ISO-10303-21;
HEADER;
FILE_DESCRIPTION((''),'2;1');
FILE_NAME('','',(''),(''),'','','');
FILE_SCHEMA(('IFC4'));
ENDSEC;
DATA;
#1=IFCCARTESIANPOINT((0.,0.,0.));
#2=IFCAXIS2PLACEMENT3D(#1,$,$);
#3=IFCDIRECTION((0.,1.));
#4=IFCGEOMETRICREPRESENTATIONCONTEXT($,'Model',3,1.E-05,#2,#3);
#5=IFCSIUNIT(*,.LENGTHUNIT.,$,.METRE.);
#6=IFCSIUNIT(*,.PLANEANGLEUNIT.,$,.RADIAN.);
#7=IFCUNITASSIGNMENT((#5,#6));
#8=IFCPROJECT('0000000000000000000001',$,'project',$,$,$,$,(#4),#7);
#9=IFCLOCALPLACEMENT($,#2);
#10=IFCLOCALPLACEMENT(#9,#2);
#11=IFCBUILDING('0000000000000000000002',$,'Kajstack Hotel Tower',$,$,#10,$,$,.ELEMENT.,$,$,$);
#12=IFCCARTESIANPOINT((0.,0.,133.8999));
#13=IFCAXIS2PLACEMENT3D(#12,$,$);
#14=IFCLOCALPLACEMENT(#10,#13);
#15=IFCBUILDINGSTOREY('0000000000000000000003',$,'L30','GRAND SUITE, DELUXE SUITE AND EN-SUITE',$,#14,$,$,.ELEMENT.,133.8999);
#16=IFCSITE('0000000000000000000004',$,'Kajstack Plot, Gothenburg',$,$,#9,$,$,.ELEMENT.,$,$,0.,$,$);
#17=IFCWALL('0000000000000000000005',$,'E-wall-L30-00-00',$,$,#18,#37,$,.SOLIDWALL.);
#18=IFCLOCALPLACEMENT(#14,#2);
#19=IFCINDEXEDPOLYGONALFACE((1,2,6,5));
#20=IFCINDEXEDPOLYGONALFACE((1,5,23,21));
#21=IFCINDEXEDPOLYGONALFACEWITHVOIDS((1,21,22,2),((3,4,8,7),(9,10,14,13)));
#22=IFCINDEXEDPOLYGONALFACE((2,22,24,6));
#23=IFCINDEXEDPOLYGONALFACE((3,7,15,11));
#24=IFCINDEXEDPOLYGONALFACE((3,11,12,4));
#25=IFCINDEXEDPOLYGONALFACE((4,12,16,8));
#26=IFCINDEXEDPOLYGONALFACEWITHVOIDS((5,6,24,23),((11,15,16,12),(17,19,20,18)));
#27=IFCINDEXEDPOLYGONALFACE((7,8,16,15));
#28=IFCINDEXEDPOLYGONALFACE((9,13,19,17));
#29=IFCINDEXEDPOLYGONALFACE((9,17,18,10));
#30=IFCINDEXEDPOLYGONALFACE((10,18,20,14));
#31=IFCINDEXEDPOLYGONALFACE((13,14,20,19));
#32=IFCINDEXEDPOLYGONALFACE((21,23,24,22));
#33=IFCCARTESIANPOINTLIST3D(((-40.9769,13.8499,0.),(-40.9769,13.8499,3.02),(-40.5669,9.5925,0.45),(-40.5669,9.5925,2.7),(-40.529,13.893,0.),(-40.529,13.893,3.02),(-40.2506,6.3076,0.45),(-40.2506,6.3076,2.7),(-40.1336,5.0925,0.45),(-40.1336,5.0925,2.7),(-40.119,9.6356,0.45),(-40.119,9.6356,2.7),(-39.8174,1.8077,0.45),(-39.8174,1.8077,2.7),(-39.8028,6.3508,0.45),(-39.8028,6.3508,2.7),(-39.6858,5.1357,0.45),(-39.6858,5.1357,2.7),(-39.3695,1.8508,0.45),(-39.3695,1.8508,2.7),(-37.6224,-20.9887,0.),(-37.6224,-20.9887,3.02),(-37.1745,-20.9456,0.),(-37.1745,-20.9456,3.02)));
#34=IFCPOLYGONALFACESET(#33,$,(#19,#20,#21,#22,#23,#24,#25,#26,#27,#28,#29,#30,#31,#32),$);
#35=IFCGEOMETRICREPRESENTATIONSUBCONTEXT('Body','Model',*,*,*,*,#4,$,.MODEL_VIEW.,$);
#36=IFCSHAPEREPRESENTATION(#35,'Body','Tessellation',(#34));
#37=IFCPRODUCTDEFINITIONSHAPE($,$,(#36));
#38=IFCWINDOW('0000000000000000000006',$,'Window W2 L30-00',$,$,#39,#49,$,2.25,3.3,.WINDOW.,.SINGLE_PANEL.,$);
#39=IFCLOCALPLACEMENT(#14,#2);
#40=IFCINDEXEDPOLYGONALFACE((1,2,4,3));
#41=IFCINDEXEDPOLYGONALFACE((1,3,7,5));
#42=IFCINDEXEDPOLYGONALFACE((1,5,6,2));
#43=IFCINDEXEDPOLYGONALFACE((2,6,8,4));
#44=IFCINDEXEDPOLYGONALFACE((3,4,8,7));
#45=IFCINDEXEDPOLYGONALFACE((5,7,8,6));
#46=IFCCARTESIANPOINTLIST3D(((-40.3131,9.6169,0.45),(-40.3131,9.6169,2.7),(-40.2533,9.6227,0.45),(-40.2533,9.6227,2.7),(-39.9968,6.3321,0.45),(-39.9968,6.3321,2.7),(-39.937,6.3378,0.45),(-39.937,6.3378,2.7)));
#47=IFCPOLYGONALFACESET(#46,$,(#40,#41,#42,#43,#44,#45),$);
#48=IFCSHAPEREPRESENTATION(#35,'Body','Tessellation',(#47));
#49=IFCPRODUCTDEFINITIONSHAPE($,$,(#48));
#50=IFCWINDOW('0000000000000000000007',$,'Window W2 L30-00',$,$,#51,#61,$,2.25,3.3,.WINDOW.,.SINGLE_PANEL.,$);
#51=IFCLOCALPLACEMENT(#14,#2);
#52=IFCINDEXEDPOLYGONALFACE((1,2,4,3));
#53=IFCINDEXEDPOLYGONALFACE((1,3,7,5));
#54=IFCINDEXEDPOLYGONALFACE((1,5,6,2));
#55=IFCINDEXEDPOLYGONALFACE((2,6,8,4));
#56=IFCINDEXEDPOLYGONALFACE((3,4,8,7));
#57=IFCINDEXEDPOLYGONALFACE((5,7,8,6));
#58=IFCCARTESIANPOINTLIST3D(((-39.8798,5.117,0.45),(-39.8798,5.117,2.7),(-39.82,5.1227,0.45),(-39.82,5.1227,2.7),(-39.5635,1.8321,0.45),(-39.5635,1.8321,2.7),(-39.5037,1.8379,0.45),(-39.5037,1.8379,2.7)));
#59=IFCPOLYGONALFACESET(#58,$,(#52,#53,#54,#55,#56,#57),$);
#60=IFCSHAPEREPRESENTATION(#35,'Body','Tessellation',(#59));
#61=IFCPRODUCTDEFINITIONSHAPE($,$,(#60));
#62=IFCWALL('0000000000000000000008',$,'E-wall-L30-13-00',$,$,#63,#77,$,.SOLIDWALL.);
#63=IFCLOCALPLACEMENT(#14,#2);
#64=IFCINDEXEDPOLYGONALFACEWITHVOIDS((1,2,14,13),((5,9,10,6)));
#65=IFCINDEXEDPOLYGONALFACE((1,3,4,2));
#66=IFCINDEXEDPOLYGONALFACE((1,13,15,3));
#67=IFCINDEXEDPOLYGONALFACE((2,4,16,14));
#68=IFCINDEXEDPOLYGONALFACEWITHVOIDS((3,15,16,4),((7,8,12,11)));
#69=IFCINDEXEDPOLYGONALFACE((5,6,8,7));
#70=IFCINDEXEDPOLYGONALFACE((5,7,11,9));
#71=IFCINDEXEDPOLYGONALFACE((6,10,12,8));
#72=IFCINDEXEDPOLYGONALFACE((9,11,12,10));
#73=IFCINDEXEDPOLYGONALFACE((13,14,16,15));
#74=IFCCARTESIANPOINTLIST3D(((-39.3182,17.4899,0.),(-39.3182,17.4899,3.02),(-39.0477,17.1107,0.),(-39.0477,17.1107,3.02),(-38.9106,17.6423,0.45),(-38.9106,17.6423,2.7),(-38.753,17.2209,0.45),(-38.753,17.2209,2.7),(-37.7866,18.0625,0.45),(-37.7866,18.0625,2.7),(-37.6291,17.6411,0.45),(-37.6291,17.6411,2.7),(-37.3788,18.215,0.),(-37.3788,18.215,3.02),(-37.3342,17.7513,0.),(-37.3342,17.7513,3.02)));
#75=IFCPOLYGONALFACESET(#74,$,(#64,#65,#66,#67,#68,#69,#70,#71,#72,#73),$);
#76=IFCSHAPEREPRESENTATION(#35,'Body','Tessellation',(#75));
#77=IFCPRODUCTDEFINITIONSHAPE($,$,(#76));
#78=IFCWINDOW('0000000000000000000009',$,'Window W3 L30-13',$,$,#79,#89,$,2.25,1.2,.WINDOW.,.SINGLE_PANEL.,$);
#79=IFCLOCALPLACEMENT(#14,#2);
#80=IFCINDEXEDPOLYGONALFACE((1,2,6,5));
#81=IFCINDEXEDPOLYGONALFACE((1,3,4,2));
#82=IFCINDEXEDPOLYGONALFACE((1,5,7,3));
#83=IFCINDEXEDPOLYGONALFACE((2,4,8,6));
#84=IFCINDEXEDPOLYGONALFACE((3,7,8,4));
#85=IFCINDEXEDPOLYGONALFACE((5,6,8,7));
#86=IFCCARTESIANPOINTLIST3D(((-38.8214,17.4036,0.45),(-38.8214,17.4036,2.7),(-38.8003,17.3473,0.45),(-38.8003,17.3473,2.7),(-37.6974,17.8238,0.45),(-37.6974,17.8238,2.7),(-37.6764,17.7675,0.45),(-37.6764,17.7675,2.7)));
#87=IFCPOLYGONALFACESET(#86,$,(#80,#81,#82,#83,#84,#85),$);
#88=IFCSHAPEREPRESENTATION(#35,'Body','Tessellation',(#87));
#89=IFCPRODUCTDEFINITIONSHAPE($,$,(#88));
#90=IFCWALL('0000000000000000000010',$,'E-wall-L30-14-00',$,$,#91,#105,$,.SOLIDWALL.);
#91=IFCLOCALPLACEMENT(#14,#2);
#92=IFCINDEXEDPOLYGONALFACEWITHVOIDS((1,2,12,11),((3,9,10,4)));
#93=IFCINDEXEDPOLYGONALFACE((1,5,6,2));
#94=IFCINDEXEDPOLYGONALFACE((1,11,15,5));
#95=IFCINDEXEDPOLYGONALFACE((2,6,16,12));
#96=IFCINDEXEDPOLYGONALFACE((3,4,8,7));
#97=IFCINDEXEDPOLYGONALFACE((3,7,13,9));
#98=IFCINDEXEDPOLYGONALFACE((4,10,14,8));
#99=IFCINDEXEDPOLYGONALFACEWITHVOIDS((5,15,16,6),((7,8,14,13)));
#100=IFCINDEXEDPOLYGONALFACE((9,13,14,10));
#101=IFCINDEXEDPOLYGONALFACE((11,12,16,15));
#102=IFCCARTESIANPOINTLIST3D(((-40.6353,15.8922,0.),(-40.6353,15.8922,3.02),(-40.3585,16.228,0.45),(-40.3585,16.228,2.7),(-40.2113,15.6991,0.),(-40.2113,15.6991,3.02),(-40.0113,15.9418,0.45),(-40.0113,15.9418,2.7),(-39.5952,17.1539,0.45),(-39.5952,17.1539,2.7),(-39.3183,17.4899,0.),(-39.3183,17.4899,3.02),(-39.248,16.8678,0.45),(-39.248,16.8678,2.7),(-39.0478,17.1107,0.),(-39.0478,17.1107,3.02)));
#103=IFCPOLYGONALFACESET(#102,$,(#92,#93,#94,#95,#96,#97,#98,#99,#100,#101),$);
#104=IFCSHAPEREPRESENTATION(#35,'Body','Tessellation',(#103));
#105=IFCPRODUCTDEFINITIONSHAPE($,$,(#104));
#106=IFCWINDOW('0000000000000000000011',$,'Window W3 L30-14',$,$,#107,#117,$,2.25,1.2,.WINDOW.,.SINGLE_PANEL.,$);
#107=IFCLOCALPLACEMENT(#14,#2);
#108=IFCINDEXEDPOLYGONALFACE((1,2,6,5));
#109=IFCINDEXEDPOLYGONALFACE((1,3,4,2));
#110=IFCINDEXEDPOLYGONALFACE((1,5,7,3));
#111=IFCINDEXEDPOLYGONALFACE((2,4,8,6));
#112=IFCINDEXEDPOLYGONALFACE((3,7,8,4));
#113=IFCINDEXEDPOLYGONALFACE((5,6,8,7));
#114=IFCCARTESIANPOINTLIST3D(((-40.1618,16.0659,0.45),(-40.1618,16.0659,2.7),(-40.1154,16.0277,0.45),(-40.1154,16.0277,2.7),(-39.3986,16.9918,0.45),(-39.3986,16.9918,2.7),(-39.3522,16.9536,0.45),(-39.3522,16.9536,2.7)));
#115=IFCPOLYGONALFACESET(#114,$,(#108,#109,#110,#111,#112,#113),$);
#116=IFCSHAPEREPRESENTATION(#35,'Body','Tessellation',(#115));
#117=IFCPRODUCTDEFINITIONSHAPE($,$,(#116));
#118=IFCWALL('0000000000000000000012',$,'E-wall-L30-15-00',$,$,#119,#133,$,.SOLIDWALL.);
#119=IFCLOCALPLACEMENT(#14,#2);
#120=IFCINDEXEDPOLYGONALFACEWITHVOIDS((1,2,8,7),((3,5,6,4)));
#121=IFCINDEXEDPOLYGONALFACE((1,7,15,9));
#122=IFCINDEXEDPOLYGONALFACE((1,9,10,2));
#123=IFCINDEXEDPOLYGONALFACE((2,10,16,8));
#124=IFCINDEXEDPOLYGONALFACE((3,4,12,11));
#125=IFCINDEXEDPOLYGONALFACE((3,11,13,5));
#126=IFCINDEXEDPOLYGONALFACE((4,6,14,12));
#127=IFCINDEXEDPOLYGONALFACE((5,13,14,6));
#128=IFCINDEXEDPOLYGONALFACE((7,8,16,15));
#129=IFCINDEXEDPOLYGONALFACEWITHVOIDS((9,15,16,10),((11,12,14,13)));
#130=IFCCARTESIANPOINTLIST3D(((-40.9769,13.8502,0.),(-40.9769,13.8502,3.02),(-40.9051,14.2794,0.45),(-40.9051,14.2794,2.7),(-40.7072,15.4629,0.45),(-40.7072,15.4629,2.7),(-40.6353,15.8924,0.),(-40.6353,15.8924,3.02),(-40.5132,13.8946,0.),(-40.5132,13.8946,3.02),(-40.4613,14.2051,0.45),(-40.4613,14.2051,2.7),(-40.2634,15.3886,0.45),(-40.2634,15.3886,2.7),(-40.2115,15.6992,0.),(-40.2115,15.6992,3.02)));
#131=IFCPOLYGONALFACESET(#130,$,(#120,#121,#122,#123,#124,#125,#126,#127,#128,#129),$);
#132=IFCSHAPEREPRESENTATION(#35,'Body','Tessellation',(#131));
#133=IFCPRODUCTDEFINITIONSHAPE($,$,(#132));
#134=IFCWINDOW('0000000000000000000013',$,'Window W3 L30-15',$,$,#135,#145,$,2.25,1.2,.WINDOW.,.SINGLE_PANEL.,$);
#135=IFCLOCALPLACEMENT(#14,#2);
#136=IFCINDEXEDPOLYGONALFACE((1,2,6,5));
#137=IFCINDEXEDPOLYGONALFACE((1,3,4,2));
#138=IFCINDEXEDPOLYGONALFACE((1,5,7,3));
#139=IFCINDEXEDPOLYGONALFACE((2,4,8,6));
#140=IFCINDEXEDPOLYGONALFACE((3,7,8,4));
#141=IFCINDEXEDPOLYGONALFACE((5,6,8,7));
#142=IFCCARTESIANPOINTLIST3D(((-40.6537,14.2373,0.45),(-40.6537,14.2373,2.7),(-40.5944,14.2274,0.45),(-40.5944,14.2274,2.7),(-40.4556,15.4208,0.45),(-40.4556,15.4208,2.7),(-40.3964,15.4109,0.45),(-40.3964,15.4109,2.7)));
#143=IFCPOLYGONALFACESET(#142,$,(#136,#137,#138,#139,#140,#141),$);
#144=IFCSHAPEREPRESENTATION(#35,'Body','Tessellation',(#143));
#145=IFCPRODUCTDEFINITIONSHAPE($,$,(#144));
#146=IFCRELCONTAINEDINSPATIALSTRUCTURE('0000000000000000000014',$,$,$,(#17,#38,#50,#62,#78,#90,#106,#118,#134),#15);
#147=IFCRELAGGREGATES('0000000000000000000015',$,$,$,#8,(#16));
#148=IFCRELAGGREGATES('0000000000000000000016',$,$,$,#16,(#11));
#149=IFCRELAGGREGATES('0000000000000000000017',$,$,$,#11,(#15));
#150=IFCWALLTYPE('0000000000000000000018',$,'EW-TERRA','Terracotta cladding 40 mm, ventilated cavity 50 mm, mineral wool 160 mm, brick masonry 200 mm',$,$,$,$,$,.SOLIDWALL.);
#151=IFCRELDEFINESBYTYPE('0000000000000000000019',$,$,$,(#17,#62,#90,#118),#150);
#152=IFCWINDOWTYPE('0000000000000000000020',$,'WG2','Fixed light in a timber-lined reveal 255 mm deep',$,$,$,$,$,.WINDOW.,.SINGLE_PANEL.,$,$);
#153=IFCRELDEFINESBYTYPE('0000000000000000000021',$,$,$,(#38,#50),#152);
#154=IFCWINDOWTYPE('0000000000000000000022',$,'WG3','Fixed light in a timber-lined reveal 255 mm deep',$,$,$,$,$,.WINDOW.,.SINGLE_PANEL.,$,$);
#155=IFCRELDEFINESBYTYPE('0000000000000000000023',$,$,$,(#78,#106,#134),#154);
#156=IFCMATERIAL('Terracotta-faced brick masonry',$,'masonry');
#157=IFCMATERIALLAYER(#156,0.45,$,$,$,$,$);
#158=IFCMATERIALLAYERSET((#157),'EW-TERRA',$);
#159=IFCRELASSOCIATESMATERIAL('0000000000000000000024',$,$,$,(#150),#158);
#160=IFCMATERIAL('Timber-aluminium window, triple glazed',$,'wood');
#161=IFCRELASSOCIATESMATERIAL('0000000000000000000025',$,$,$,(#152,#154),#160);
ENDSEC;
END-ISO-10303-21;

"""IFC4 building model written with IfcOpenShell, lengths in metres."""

from ifc_helpers import new_model, si_unit, direction, frame, frame_2d, origin, place, context, subcontext, project, spatial, polyline, rectangle, outline, extrude, material, layer, layer_set, type_object, element, fill, save


model = new_model("IFC4")

# Units and contexts
model_context = context("Model", 3, precision=1e-05, world=origin(), true_north=direction((0.0, 1.0)))
body_context = subcontext(model_context, "Body", "Model", "MODEL_VIEW")
ifc_project = project(units=[si_unit("LENGTHUNIT", "METRE"), si_unit("PLANEANGLEUNIT", "RADIAN")], contexts=[model_context])

# Site, building, storey
site_placement = place(None, origin())
site = spatial("IfcSite", under=ifc_project, at=site_placement, Name="Kajstack Plot, Gothenburg", CompositionType="ELEMENT", RefElevation=0.0)
building_placement = place(site_placement, origin())
building = spatial("IfcBuilding", under=site, at=building_placement, Name="Kajstack Hotel Tower", CompositionType="ELEMENT")
storey_placement = place(building_placement, frame((0.0, 0.0, 133.8999)))
storey = spatial("IfcBuildingStorey", under=building, at=storey_placement, Name="L30", Description="GRAND SUITE, DELUXE SUITE AND EN-SUITE", CompositionType="ELEMENT", Elevation=133.8999)

# Wall, openings, windows
ifc_material_1 = material(Name="Terracotta-faced brick masonry", Category="masonry")
ifc_layer_1 = layer(ifc_material_1, 0.45)
ifc_layer_set_1 = layer_set([ifc_layer_1], Name="EW-TERRA")
wall_type_1 = type_object("IfcWallType", Name="EW-TERRA", Description="Terracotta cladding 40 mm, ventilated cavity 50 mm, mineral wool 160 mm, brick masonry 200 mm", PredefinedType="SOLIDWALL", material=ifc_layer_set_1)
wall_1_placement = place(storey_placement, frame((-40.7529, 13.8716, 0.0), z_axis=(0.0, 0.0, 1.0), x_axis=(0.095843, -0.995396, 0.0)))
wall_1 = element("IfcWall", 1, at=wall_1_placement, inside=storey, type_object=wall_type_1, Name="E-wall-L30-00-00", PredefinedType="SOLIDWALL", context=body_context, shape_type="SweptSolid", body=[
    extrude(rectangle(XDim=34.9998, YDim=0.45, at=frame_2d((17.5, 0.0))), origin(), (0.0, 0.0, 1.0), 3.02),
])
opening_1_placement = place(wall_1_placement, frame((4.2773, 0.0, 0.45)))
opening_1 = element("IfcOpeningElement", 2, at=opening_1_placement, cuts=wall_1, PredefinedType="OPENING", context=body_context, shape_type="SweptSolid", body=[
    extrude(rectangle(XDim=3.3, YDim=2.25, at=frame_2d((1.6499, 1.125))), frame((0.0, 0.2349, 0.0), z_axis=(0.0, -1.0, 0.0), x_axis=(1.0, 0.0, 0.0)), (0.0, 0.0, 1.0), 0.47),
])
opening_2_placement = place(wall_1_placement, frame((8.7981, 0.0, 0.45)))
opening_2 = element("IfcOpeningElement", 3, at=opening_2_placement, cuts=wall_1, PredefinedType="OPENING", context=body_context, shape_type="SweptSolid", body=[
    extrude(rectangle(XDim=3.3, YDim=2.25, at=frame_2d((1.6499, 1.125))), frame((0.0, 0.2349, 0.0), z_axis=(0.0, -1.0, 0.0), x_axis=(1.0, 0.0, 0.0)), (0.0, 0.0, 1.0), 0.47),
])
ifc_material_2 = material(Name="Timber-aluminium window, triple glazed", Category="wood")
window_type_1 = type_object("IfcWindowType", Name="WG2", Description="Fixed light in a timber-lined reveal 255 mm deep", PartitioningType="SINGLE_PANEL", PredefinedType="WINDOW", material=ifc_material_2)
window_1_placement = place(opening_1_placement, origin())
window_1 = element("IfcWindow", 4, at=window_1_placement, inside=storey, type_object=window_type_1, Name="Window W2 L30-00", OverallHeight=2.25, OverallWidth=3.3, PartitioningType="SINGLE_PANEL", PredefinedType="WINDOW", context=body_context, shape_type="SweptSolid", body=[
    extrude(rectangle(XDim=3.3, YDim=2.25, at=frame_2d((1.6499, 1.125))), frame((0.0, 0.0901, 0.0), z_axis=(0.0, -1.0, 0.0), x_axis=(1.0, 0.0, 0.0)), (0.0, 0.0, 1.0), 0.0601),
])
fill(opening_1, window_1)
window_2_placement = place(opening_2_placement, origin())
window_2 = element("IfcWindow", 5, at=window_2_placement, inside=storey, type_object=window_type_1, Name="Window W2 L30-00", OverallHeight=2.25, OverallWidth=3.3, PartitioningType="SINGLE_PANEL", PredefinedType="WINDOW", context=body_context, shape_type="SweptSolid", body=[
    extrude(rectangle(XDim=3.3, YDim=2.25, at=frame_2d((1.6499, 1.125))), frame((0.0, 0.0901, 0.0), z_axis=(0.0, -1.0, 0.0), x_axis=(1.0, 0.0, 0.0)), (0.0, 0.0, 1.0), 0.0601),
])
fill(opening_2, window_2)

# Walls, openings, windows
wall_2_placement = place(storey_placement, frame((-37.3, 18.0044, 0.0), z_axis=(0.0, 0.0, 1.0), x_axis=(-0.936678, -0.350193, 0.0)))
wall_2 = element("IfcWall", 6, at=wall_2_placement, inside=storey, type_object=wall_type_1, Name="E-wall-L30-13-00", PredefinedType="SOLIDWALL", context=body_context, shape_type="SweptSolid", body=[
    extrude(outline(polyline([(0.0, -0.2249), (2.0706, -0.2249), (1.95, 0.2251), (0.1206, 0.2251), (0.0, -0.2249)])), origin(), (0.0, 0.0, 1.0), 3.02),
])
opening_3_placement = place(wall_2_placement, frame((0.4353, 0.0, 0.45)))
opening_3 = element("IfcOpeningElement", 7, at=opening_3_placement, cuts=wall_2, PredefinedType="OPENING", context=body_context, shape_type="SweptSolid", body=[
    extrude(rectangle(XDim=1.2, YDim=2.25, at=frame_2d((0.6001, 1.125))), frame((0.0, 0.2349, 0.0), z_axis=(0.0, -1.0, 0.0), x_axis=(1.0, 0.0, 0.0)), (0.0, 0.0, 1.0), 0.47),
])
window_type_2 = type_object("IfcWindowType", Name="WG3", Description="Fixed light in a timber-lined reveal 255 mm deep", PartitioningType="SINGLE_PANEL", PredefinedType="WINDOW", material=ifc_material_2)
window_3_placement = place(opening_3_placement, origin())
window_3 = element("IfcWindow", 8, at=window_3_placement, inside=storey, type_object=window_type_2, Name="Window W3 L30-13", OverallHeight=2.25, OverallWidth=1.2, PartitioningType="SINGLE_PANEL", PredefinedType="WINDOW", context=body_context, shape_type="SweptSolid", body=[
    extrude(rectangle(XDim=1.2, YDim=2.25, at=frame_2d((0.6001, 1.125))), frame((0.0, 0.0901, 0.0), z_axis=(0.0, -1.0, 0.0), x_axis=(1.0, 0.0, 0.0)), (0.0, 0.0, 1.0), 0.0601),
])
fill(opening_3, window_3)
wall_3_placement = place(storey_placement, frame((-39.1448, 17.3469, 0.0), z_axis=(0.0, 0.0, 1.0), x_axis=(-0.636046, -0.771651, 0.0)))
wall_3 = element("IfcWall", 9, at=wall_3_placement, inside=storey, type_object=wall_type_1, Name="E-wall-L30-14-00", PredefinedType="SOLIDWALL", context=body_context, shape_type="SweptSolid", body=[
    extrude(outline(polyline([(0.0, -0.2249), (2.0706, -0.2249), (1.95, 0.2251), (0.1206, 0.2251), (0.0, -0.2249)])), origin(), (0.0, 0.0, 1.0), 3.02),
])
opening_4_placement = place(wall_3_placement, frame((0.4353, 0.0, 0.45)))
opening_4 = element("IfcOpeningElement", 10, at=opening_4_placement, cuts=wall_3, PredefinedType="OPENING", context=body_context, shape_type="SweptSolid", body=[
    extrude(rectangle(XDim=1.2, YDim=2.25, at=frame_2d((0.6001, 1.125))), frame((0.0, 0.2349, 0.0), z_axis=(0.0, -1.0, 0.0), x_axis=(1.0, 0.0, 0.0)), (0.0, 0.0, 1.0), 0.47),
])
window_4_placement = place(opening_4_placement, origin())
window_4 = element("IfcWindow", 11, at=window_4_placement, inside=storey, type_object=window_type_2, Name="Window W3 L30-14", OverallHeight=2.25, OverallWidth=1.2, PartitioningType="SINGLE_PANEL", PredefinedType="WINDOW", context=body_context, shape_type="SweptSolid", body=[
    extrude(rectangle(XDim=1.2, YDim=2.25, at=frame_2d((0.6001, 1.125))), frame((0.0, 0.0901, 0.0), z_axis=(0.0, -1.0, 0.0), x_axis=(1.0, 0.0, 0.0)), (0.0, 0.0, 1.0), 0.0601),
])
fill(opening_4, window_4)
wall_4_placement = place(storey_placement, frame((-40.4133, 15.8552, 0.0), z_axis=(0.0, 0.0, 1.0), x_axis=(-0.165068, -0.986282, 0.0)))
wall_4 = element("IfcWall", 12, at=wall_4_placement, inside=storey, type_object=wall_type_1, Name="E-wall-L30-15-00", PredefinedType="SOLIDWALL", context=body_context, shape_type="SweptSolid", body=[
    extrude(outline(polyline([(0.0, -0.2251), (2.0706, -0.2249), (1.9502, 0.2251), (0.1206, 0.2249), (0.0, -0.2251)])), origin(), (0.0, 0.0, 1.0), 3.02),
])
opening_5_placement = place(wall_4_placement, frame((0.4353, 0.0, 0.45)))
opening_5 = element("IfcOpeningElement", 13, at=opening_5_placement, cuts=wall_4, PredefinedType="OPENING", context=body_context, shape_type="SweptSolid", body=[
    extrude(rectangle(XDim=1.2, YDim=2.25, at=frame_2d((0.6001, 1.125))), frame((0.0, 0.2349, 0.0), z_axis=(0.0, -1.0, 0.0), x_axis=(1.0, 0.0, 0.0)), (0.0, 0.0, 1.0), 0.47),
])
window_5_placement = place(opening_5_placement, origin())
window_5 = element("IfcWindow", 14, at=window_5_placement, inside=storey, type_object=window_type_2, Name="Window W3 L30-15", OverallHeight=2.25, OverallWidth=1.2, PartitioningType="SINGLE_PANEL", PredefinedType="WINDOW", context=body_context, shape_type="SweptSolid", body=[
    extrude(rectangle(XDim=1.2, YDim=2.25, at=frame_2d((0.6001, 1.125))), frame((0.0, 0.0901, 0.0), z_axis=(0.0, -1.0, 0.0), x_axis=(1.0, 0.0, 0.0)), (0.0, 0.0, 1.0), 0.0601),
])
fill(opening_5, window_5)

save(model, "model.ifc")
